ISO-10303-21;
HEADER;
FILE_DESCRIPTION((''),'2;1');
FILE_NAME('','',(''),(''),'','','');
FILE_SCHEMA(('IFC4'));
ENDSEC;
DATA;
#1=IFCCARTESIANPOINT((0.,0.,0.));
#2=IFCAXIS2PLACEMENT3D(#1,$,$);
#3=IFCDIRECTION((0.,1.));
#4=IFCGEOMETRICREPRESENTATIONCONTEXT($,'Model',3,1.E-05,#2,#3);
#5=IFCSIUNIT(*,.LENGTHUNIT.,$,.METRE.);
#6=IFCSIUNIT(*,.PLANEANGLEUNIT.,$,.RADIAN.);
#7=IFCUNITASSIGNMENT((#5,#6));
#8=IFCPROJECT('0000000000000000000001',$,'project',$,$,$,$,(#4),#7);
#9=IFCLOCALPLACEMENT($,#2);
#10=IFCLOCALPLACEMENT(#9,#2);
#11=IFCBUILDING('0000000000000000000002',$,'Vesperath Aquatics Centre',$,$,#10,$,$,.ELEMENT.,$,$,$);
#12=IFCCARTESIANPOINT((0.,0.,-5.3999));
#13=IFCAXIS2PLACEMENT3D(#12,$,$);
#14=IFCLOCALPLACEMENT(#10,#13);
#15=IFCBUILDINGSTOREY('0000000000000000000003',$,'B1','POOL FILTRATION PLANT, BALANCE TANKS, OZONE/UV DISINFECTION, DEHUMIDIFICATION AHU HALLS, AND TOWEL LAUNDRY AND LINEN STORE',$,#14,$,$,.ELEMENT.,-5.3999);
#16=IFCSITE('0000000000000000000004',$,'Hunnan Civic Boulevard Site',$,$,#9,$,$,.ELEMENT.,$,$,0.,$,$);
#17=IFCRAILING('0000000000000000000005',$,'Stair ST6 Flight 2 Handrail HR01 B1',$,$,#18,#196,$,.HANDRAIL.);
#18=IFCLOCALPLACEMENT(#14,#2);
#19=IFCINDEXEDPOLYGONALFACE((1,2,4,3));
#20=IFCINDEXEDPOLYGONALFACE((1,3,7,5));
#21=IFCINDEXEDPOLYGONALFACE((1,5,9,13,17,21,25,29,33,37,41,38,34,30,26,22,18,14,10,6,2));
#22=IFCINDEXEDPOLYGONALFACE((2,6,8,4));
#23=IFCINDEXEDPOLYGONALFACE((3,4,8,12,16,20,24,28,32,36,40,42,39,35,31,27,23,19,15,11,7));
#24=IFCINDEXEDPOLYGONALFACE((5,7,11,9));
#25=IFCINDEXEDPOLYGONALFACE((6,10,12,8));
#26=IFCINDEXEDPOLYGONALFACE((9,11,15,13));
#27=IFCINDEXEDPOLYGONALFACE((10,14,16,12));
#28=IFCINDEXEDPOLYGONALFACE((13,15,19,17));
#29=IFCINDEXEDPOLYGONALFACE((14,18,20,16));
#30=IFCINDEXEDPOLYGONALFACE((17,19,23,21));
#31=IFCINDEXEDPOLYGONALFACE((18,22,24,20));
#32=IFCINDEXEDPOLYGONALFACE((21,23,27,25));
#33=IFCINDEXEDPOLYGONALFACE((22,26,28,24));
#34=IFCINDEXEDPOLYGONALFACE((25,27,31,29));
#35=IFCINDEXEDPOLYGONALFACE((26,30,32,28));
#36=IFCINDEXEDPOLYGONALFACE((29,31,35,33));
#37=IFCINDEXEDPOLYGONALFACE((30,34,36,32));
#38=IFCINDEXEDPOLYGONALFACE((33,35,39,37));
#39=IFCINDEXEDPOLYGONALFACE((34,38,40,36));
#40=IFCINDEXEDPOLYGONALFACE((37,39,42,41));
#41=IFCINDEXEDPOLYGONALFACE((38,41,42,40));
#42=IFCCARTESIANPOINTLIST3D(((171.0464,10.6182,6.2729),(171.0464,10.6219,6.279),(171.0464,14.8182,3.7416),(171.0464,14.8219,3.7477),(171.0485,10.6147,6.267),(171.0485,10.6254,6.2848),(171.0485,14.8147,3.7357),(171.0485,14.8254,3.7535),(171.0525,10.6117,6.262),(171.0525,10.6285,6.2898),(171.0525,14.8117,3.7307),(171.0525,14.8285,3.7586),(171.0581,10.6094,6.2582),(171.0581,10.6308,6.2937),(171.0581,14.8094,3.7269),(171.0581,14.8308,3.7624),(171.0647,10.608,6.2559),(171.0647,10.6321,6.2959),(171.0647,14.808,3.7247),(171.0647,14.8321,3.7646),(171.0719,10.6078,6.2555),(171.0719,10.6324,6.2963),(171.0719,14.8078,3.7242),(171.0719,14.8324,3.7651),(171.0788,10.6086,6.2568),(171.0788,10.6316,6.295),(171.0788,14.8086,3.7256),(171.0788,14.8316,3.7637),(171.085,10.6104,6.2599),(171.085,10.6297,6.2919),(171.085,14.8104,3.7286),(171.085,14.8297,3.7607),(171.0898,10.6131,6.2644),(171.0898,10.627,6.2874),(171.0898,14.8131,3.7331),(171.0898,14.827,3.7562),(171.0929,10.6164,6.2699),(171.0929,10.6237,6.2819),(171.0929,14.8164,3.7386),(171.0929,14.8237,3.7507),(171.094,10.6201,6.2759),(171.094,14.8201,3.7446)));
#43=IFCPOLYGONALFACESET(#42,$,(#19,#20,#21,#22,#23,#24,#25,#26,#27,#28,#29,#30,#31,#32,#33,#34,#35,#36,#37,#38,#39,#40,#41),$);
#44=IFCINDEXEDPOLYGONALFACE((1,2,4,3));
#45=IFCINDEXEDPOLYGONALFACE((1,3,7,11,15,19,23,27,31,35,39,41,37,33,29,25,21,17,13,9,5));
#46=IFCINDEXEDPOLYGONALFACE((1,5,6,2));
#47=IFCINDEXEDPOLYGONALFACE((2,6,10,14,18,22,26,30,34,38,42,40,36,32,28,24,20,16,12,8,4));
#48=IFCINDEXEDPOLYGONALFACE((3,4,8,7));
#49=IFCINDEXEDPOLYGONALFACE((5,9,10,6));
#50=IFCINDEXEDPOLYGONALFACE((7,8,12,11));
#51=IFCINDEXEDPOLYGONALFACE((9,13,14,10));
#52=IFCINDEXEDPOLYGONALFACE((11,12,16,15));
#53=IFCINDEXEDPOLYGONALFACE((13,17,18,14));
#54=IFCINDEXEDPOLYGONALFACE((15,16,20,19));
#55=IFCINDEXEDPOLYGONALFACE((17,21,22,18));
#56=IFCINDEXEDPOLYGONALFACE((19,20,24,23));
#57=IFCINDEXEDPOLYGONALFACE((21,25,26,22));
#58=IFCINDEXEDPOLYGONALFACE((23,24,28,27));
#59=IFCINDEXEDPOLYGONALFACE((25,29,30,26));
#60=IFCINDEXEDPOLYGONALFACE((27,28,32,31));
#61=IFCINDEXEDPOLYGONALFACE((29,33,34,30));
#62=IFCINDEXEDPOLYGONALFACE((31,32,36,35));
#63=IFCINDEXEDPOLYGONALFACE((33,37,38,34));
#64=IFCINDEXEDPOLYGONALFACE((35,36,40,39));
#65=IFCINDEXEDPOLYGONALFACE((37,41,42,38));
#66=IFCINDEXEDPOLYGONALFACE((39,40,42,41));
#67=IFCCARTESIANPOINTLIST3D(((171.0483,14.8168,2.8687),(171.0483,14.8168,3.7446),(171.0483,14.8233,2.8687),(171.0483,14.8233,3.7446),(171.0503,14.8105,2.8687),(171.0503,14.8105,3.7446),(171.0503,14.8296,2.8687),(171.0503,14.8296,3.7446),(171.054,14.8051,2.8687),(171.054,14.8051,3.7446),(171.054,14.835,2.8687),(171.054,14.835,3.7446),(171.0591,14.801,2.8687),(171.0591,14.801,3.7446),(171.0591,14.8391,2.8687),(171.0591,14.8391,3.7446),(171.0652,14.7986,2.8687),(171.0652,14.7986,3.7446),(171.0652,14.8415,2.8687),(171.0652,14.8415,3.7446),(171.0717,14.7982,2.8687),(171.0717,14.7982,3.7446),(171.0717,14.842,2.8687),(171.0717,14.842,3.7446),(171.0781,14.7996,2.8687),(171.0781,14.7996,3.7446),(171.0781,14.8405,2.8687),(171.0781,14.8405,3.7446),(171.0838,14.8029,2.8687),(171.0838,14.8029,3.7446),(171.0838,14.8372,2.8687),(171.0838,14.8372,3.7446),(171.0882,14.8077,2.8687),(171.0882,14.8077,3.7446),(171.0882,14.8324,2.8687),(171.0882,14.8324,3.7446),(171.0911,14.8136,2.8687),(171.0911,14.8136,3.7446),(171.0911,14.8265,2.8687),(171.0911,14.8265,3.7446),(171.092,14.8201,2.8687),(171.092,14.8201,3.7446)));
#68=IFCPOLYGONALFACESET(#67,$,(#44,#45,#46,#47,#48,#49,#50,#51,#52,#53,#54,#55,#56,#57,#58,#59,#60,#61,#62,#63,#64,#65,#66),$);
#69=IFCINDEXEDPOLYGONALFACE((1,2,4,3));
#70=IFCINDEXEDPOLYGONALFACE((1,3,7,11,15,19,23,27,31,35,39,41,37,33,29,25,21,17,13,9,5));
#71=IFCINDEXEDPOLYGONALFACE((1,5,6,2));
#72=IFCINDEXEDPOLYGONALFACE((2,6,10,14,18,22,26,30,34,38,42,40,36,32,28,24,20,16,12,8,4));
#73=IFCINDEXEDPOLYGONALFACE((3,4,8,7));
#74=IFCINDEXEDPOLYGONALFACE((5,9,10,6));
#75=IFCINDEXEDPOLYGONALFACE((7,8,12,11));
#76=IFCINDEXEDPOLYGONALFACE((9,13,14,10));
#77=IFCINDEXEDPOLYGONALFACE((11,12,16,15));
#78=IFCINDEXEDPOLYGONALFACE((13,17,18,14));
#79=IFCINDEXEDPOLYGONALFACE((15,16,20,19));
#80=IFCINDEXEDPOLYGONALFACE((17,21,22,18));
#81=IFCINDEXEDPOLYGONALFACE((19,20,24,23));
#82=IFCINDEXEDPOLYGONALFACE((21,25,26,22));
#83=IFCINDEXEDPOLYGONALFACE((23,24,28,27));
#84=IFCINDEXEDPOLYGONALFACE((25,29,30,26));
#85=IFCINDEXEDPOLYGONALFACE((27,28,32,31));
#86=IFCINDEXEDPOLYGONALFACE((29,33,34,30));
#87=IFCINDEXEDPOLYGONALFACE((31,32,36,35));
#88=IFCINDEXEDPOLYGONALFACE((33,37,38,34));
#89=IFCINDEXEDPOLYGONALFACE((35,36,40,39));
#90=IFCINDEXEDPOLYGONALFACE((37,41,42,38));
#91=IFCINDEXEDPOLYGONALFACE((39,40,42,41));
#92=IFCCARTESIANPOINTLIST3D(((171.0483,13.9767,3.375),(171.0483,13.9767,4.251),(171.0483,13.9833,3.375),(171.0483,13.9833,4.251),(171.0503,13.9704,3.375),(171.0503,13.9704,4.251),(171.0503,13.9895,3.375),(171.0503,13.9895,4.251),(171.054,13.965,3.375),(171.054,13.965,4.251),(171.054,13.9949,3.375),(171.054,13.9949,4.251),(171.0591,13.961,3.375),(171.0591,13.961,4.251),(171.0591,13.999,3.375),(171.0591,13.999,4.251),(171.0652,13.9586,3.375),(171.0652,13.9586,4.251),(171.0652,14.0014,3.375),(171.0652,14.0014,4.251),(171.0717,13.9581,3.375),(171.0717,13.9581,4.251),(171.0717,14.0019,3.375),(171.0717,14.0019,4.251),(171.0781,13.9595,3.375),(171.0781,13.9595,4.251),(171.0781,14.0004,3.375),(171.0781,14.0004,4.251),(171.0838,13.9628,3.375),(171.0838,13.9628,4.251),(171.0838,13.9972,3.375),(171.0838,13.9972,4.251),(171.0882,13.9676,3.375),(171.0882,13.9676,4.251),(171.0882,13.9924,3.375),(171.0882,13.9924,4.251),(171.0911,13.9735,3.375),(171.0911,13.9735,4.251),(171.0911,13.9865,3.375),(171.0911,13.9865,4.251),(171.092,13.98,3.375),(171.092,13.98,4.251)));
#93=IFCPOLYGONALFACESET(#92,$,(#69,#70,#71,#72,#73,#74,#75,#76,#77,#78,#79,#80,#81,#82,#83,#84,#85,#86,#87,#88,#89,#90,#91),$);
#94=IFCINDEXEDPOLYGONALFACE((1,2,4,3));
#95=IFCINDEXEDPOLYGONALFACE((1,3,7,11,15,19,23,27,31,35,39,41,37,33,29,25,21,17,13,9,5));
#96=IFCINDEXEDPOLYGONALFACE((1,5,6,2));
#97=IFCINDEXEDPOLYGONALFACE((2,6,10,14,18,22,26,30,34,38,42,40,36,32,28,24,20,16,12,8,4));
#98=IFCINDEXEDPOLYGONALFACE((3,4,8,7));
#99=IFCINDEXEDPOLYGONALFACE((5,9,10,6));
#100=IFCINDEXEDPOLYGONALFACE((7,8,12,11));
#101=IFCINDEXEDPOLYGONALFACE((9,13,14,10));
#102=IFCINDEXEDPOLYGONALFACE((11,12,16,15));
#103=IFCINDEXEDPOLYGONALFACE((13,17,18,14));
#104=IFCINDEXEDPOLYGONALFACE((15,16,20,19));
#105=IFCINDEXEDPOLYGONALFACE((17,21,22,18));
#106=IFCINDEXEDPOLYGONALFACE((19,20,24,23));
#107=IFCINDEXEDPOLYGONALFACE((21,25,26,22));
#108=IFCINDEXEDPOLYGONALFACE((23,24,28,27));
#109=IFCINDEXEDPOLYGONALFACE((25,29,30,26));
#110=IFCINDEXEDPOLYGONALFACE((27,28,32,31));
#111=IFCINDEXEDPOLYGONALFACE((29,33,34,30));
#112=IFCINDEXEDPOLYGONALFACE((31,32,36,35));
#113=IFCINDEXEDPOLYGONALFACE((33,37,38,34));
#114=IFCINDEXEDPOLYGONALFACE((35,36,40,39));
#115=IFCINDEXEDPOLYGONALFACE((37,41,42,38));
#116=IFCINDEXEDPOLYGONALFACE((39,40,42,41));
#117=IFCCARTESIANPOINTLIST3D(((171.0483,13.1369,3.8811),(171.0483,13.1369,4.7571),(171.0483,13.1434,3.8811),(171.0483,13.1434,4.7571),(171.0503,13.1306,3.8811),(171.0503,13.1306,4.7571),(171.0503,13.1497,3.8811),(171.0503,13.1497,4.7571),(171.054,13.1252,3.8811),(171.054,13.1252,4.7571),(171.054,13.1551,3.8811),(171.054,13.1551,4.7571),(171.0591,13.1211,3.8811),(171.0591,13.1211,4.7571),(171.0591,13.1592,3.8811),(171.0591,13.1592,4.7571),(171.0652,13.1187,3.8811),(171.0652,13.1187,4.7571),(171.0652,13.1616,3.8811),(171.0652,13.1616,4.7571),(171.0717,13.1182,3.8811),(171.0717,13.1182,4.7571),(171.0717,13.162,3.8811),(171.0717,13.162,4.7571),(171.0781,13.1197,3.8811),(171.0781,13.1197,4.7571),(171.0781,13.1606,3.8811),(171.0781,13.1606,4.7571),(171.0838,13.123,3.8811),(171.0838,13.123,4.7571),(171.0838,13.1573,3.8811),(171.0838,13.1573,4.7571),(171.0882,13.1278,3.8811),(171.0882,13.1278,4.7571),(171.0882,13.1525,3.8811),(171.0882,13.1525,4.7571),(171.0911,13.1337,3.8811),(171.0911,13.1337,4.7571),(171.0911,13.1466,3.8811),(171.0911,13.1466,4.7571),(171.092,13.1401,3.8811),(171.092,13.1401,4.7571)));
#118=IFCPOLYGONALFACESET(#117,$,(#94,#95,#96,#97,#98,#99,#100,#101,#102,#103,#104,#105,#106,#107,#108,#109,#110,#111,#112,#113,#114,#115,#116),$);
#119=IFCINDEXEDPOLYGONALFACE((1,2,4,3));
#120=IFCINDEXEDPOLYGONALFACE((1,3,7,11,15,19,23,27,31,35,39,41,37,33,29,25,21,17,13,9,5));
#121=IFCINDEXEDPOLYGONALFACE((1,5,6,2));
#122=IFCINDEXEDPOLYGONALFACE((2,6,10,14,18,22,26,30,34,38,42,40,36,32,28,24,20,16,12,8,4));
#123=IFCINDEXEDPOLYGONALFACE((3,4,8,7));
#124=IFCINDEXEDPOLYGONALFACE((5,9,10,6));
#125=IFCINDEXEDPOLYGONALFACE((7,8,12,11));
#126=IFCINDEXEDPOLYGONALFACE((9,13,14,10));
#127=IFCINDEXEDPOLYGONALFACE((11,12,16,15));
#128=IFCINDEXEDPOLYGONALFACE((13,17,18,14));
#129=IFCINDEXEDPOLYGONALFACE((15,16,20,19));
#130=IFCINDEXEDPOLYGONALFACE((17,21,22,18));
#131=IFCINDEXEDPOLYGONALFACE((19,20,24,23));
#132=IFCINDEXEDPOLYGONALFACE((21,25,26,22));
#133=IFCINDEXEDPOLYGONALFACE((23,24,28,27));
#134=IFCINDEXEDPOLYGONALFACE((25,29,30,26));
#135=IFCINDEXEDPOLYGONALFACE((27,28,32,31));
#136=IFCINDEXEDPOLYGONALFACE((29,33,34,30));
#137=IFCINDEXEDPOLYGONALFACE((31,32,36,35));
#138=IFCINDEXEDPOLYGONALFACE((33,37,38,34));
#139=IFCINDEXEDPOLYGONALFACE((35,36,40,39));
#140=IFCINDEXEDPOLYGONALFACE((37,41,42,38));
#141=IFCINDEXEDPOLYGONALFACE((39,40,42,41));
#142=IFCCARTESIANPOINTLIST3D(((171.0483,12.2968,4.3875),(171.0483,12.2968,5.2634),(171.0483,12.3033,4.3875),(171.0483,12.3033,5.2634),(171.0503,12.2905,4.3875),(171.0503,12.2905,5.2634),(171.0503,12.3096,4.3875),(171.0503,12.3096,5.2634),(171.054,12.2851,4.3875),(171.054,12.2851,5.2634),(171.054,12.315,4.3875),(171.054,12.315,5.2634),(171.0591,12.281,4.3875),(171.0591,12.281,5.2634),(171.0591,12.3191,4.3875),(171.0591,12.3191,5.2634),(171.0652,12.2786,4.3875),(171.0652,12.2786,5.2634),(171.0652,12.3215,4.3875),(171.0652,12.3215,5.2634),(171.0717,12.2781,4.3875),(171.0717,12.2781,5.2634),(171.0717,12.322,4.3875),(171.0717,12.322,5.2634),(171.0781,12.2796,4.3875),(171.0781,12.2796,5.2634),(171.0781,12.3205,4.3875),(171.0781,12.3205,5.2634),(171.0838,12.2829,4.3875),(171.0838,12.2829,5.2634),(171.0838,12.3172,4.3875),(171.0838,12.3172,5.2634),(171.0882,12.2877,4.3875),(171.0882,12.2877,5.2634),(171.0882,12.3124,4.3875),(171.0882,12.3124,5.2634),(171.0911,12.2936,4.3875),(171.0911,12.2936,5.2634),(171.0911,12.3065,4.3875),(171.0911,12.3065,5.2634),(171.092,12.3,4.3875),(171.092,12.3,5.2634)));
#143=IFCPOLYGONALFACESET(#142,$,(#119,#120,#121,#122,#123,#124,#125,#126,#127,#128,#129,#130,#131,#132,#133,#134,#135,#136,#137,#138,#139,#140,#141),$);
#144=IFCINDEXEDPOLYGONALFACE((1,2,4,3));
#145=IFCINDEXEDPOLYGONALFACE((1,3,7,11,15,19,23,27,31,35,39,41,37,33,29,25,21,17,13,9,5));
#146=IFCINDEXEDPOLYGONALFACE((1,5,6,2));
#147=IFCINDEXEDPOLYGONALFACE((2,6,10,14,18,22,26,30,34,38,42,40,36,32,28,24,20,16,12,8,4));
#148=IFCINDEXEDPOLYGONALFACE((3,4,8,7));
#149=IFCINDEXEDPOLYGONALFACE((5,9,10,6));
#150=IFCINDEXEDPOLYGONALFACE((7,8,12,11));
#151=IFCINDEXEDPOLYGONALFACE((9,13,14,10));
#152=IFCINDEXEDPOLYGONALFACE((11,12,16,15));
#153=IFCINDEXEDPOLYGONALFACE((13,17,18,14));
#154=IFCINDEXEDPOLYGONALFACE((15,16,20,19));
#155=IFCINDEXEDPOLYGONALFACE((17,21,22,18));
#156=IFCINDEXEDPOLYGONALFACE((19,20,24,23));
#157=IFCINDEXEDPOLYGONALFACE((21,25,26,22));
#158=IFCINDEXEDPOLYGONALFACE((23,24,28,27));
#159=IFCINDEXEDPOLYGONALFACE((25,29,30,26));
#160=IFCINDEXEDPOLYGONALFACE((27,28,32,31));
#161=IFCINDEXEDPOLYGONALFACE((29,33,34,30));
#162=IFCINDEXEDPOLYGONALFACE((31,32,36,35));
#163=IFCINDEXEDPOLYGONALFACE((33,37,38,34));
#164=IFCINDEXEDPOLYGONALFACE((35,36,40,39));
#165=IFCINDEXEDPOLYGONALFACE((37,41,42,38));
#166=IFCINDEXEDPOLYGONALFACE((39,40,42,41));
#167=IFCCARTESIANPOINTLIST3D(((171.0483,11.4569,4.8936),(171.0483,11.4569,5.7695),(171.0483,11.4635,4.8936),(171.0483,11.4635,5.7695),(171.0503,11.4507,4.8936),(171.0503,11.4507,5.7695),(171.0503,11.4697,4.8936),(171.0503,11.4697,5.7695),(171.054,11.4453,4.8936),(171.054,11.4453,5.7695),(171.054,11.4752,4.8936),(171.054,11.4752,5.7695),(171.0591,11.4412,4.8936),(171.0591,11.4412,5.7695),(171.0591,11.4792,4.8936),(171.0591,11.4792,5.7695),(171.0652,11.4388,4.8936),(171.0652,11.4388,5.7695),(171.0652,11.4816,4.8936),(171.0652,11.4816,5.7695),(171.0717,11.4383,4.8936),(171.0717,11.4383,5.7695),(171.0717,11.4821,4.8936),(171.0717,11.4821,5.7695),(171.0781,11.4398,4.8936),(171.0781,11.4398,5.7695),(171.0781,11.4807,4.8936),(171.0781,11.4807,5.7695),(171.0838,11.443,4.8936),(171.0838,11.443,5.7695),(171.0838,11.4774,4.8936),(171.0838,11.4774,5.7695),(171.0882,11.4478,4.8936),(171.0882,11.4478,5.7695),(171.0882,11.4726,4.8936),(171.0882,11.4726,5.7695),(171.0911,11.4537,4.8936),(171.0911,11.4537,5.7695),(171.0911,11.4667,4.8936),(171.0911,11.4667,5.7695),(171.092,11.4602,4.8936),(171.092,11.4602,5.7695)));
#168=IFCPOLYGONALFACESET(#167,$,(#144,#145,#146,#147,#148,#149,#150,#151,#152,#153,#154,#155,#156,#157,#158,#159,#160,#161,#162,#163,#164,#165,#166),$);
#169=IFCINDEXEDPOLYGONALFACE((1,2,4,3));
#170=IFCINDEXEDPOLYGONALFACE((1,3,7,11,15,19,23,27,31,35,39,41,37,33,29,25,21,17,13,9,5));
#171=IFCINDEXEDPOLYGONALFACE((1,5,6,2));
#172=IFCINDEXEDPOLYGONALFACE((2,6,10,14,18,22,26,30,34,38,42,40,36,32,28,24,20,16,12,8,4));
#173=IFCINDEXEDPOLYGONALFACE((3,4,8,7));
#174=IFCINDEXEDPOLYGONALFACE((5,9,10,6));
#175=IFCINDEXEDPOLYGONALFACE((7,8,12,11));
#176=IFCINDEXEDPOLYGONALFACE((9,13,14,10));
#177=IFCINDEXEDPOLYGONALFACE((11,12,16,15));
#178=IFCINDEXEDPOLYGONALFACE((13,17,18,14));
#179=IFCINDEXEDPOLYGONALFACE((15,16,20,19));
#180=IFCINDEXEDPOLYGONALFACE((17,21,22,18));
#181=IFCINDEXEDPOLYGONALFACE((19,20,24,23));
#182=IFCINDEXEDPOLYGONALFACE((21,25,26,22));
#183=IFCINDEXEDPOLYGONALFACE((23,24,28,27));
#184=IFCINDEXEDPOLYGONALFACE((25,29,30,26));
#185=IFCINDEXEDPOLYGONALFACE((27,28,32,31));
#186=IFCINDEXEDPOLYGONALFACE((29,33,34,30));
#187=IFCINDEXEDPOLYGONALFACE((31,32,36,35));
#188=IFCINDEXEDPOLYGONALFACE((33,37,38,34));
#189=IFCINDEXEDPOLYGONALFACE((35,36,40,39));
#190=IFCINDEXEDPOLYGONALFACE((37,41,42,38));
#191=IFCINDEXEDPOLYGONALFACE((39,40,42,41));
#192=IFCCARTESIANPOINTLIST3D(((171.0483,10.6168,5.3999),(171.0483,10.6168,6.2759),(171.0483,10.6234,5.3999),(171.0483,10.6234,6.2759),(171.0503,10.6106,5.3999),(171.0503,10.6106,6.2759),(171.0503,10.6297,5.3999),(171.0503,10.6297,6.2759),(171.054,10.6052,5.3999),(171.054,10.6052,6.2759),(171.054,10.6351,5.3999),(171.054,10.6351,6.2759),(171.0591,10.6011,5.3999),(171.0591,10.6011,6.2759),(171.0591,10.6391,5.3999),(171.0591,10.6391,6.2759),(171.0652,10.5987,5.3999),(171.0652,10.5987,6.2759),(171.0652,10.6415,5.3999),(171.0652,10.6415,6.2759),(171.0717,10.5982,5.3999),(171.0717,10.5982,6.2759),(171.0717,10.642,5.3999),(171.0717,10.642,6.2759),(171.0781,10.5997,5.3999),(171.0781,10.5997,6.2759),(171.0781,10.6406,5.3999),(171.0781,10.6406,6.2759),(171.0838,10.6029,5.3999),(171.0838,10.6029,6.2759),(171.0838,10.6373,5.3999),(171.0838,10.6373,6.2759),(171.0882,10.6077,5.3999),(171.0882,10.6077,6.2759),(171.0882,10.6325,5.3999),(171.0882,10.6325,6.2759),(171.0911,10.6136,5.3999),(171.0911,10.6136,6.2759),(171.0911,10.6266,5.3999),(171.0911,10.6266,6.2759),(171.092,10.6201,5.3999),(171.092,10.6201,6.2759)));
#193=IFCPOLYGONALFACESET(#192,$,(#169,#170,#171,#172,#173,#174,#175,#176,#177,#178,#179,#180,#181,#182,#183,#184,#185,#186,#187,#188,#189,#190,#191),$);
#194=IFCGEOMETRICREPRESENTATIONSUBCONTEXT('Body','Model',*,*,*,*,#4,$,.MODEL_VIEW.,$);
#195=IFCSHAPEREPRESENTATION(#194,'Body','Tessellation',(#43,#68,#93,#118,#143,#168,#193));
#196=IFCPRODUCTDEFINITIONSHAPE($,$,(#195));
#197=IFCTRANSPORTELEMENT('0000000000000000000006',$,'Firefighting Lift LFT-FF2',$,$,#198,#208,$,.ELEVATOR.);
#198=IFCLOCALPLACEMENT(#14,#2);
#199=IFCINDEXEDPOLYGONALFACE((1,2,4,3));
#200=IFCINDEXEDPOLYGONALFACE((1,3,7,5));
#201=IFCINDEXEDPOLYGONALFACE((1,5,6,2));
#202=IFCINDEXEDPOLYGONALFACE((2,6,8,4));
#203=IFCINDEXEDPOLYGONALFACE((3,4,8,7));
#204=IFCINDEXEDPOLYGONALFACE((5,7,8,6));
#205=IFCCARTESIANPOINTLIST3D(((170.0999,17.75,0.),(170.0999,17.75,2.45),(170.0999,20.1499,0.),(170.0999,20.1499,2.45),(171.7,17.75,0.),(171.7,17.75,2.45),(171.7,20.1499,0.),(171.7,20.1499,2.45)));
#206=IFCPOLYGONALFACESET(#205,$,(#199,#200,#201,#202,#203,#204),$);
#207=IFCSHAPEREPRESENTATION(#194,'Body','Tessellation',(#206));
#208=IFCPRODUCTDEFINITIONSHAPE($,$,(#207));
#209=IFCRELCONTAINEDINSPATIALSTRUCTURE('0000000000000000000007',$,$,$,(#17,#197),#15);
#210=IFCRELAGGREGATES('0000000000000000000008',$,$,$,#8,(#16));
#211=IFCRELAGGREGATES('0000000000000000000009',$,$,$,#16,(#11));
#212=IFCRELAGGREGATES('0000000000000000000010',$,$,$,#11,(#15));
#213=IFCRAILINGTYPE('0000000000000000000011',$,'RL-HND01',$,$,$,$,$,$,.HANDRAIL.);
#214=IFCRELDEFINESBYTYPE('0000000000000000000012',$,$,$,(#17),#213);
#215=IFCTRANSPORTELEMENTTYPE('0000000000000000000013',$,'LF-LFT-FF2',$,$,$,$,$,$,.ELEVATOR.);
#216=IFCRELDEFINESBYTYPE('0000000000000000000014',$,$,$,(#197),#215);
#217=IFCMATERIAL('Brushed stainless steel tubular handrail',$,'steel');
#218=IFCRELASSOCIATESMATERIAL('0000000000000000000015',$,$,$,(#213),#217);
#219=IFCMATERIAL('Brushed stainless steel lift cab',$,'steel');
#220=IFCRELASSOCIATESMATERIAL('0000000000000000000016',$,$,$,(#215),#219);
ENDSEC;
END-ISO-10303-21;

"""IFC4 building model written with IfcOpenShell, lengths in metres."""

from ifc_helpers import new_model, si_unit, direction, frame, origin, origin_2d, place, context, subcontext, project, spatial, rectangle, circle, extrude, material, type_object, element, save


model = new_model("IFC4")

# Units and contexts
model_context = context("Model", 3, precision=1e-05, world=origin(), true_north=direction((0.0, 1.0)))
body_context = subcontext(model_context, "Body", "Model", "MODEL_VIEW")
ifc_project = project(units=[si_unit("LENGTHUNIT", "METRE"), si_unit("PLANEANGLEUNIT", "RADIAN")], contexts=[model_context])

# Site, building, storey
site_placement = place(None, origin())
site = spatial("IfcSite", under=ifc_project, at=site_placement, Name="Hunnan Civic Boulevard Site", CompositionType="ELEMENT", RefElevation=0.0)
building_placement = place(site_placement, origin())
building = spatial("IfcBuilding", under=site, at=building_placement, Name="Vesperath Aquatics Centre", CompositionType="ELEMENT")
storey_placement = place(building_placement, frame((0.0, 0.0, -5.3999)))
storey = spatial("IfcBuildingStorey", under=building, at=storey_placement, Name="B1", Description="POOL FILTRATION PLANT, BALANCE TANKS, OZONE/UV DISINFECTION, DEHUMIDIFICATION AHU HALLS, AND TOWEL LAUNDRY AND LINEN STORE", CompositionType="ELEMENT", Elevation=-5.3999)

# Railing
ifc_material_1 = material(Name="Brushed stainless steel tubular handrail", Category="steel")
railing_type_1 = type_object("IfcRailingType", Name="RL-HND01", PredefinedType="HANDRAIL", material=ifc_material_1)
railing_1_placement = place(storey_placement, frame((171.0701, 14.8201, 2.8687)))
element("IfcRailing", 1, at=railing_1_placement, inside=storey, type_object=railing_type_1, Name="Stair ST6 Flight 2 Handrail HR01 B1", PredefinedType="HANDRAIL", context=body_context, shape_type="SweptSolid", body=[
    extrude(circle(Radius=0.0239, at=origin_2d()), frame((0.0, 0.0, 0.876), z_axis=(0.0, -0.856476, 0.516186), x_axis=(1.0, 0.0, 0.0)), (0.0, 0.0, 1.0), 4.9038),
    extrude(circle(Radius=0.022, at=origin_2d()), origin(), (0.0, 0.0, 1.0), 0.876),
    extrude(circle(Radius=0.022, at=origin_2d()), frame((0.0, -0.8401, 0.5063)), (0.0, 0.0, 1.0), 0.876),
    extrude(circle(Radius=0.022, at=origin_2d()), frame((0.0, -1.6799, 1.0125)), (0.0, 0.0, 1.0), 0.876),
    extrude(circle(Radius=0.022, at=origin_2d()), frame((0.0, -2.52, 1.5188)), (0.0, 0.0, 1.0), 0.876),
    extrude(circle(Radius=0.022, at=origin_2d()), frame((0.0, -3.3599, 2.0249)), (0.0, 0.0, 1.0), 0.876),
    extrude(circle(Radius=0.022, at=origin_2d()), frame((0.0, -4.2, 2.5312)), (0.0, 0.0, 1.0), 0.876),
])

# Transport element
ifc_material_2 = material(Name="Brushed stainless steel lift cab", Category="steel")
transport_element_type = type_object("IfcTransportElementType", Name="LF-LFT-FF2", PredefinedType="ELEVATOR", material=ifc_material_2)
transport_element_placement = place(storey_placement, frame((170.8999, 18.95, 0.0), z_axis=(0.0, 0.0, 1.0), x_axis=(1.0, 0.0, 0.0)))
element("IfcTransportElement", 2, at=transport_element_placement, inside=storey, type_object=transport_element_type, Name="Firefighting Lift LFT-FF2", PredefinedType="ELEVATOR", context=body_context, shape_type="SweptSolid", body=[
    extrude(rectangle(XDim=1.6001, YDim=2.3999, at=origin_2d()), origin(), (0.0, 0.0, 1.0), 2.45),
])

save(model, "model.ifc")
